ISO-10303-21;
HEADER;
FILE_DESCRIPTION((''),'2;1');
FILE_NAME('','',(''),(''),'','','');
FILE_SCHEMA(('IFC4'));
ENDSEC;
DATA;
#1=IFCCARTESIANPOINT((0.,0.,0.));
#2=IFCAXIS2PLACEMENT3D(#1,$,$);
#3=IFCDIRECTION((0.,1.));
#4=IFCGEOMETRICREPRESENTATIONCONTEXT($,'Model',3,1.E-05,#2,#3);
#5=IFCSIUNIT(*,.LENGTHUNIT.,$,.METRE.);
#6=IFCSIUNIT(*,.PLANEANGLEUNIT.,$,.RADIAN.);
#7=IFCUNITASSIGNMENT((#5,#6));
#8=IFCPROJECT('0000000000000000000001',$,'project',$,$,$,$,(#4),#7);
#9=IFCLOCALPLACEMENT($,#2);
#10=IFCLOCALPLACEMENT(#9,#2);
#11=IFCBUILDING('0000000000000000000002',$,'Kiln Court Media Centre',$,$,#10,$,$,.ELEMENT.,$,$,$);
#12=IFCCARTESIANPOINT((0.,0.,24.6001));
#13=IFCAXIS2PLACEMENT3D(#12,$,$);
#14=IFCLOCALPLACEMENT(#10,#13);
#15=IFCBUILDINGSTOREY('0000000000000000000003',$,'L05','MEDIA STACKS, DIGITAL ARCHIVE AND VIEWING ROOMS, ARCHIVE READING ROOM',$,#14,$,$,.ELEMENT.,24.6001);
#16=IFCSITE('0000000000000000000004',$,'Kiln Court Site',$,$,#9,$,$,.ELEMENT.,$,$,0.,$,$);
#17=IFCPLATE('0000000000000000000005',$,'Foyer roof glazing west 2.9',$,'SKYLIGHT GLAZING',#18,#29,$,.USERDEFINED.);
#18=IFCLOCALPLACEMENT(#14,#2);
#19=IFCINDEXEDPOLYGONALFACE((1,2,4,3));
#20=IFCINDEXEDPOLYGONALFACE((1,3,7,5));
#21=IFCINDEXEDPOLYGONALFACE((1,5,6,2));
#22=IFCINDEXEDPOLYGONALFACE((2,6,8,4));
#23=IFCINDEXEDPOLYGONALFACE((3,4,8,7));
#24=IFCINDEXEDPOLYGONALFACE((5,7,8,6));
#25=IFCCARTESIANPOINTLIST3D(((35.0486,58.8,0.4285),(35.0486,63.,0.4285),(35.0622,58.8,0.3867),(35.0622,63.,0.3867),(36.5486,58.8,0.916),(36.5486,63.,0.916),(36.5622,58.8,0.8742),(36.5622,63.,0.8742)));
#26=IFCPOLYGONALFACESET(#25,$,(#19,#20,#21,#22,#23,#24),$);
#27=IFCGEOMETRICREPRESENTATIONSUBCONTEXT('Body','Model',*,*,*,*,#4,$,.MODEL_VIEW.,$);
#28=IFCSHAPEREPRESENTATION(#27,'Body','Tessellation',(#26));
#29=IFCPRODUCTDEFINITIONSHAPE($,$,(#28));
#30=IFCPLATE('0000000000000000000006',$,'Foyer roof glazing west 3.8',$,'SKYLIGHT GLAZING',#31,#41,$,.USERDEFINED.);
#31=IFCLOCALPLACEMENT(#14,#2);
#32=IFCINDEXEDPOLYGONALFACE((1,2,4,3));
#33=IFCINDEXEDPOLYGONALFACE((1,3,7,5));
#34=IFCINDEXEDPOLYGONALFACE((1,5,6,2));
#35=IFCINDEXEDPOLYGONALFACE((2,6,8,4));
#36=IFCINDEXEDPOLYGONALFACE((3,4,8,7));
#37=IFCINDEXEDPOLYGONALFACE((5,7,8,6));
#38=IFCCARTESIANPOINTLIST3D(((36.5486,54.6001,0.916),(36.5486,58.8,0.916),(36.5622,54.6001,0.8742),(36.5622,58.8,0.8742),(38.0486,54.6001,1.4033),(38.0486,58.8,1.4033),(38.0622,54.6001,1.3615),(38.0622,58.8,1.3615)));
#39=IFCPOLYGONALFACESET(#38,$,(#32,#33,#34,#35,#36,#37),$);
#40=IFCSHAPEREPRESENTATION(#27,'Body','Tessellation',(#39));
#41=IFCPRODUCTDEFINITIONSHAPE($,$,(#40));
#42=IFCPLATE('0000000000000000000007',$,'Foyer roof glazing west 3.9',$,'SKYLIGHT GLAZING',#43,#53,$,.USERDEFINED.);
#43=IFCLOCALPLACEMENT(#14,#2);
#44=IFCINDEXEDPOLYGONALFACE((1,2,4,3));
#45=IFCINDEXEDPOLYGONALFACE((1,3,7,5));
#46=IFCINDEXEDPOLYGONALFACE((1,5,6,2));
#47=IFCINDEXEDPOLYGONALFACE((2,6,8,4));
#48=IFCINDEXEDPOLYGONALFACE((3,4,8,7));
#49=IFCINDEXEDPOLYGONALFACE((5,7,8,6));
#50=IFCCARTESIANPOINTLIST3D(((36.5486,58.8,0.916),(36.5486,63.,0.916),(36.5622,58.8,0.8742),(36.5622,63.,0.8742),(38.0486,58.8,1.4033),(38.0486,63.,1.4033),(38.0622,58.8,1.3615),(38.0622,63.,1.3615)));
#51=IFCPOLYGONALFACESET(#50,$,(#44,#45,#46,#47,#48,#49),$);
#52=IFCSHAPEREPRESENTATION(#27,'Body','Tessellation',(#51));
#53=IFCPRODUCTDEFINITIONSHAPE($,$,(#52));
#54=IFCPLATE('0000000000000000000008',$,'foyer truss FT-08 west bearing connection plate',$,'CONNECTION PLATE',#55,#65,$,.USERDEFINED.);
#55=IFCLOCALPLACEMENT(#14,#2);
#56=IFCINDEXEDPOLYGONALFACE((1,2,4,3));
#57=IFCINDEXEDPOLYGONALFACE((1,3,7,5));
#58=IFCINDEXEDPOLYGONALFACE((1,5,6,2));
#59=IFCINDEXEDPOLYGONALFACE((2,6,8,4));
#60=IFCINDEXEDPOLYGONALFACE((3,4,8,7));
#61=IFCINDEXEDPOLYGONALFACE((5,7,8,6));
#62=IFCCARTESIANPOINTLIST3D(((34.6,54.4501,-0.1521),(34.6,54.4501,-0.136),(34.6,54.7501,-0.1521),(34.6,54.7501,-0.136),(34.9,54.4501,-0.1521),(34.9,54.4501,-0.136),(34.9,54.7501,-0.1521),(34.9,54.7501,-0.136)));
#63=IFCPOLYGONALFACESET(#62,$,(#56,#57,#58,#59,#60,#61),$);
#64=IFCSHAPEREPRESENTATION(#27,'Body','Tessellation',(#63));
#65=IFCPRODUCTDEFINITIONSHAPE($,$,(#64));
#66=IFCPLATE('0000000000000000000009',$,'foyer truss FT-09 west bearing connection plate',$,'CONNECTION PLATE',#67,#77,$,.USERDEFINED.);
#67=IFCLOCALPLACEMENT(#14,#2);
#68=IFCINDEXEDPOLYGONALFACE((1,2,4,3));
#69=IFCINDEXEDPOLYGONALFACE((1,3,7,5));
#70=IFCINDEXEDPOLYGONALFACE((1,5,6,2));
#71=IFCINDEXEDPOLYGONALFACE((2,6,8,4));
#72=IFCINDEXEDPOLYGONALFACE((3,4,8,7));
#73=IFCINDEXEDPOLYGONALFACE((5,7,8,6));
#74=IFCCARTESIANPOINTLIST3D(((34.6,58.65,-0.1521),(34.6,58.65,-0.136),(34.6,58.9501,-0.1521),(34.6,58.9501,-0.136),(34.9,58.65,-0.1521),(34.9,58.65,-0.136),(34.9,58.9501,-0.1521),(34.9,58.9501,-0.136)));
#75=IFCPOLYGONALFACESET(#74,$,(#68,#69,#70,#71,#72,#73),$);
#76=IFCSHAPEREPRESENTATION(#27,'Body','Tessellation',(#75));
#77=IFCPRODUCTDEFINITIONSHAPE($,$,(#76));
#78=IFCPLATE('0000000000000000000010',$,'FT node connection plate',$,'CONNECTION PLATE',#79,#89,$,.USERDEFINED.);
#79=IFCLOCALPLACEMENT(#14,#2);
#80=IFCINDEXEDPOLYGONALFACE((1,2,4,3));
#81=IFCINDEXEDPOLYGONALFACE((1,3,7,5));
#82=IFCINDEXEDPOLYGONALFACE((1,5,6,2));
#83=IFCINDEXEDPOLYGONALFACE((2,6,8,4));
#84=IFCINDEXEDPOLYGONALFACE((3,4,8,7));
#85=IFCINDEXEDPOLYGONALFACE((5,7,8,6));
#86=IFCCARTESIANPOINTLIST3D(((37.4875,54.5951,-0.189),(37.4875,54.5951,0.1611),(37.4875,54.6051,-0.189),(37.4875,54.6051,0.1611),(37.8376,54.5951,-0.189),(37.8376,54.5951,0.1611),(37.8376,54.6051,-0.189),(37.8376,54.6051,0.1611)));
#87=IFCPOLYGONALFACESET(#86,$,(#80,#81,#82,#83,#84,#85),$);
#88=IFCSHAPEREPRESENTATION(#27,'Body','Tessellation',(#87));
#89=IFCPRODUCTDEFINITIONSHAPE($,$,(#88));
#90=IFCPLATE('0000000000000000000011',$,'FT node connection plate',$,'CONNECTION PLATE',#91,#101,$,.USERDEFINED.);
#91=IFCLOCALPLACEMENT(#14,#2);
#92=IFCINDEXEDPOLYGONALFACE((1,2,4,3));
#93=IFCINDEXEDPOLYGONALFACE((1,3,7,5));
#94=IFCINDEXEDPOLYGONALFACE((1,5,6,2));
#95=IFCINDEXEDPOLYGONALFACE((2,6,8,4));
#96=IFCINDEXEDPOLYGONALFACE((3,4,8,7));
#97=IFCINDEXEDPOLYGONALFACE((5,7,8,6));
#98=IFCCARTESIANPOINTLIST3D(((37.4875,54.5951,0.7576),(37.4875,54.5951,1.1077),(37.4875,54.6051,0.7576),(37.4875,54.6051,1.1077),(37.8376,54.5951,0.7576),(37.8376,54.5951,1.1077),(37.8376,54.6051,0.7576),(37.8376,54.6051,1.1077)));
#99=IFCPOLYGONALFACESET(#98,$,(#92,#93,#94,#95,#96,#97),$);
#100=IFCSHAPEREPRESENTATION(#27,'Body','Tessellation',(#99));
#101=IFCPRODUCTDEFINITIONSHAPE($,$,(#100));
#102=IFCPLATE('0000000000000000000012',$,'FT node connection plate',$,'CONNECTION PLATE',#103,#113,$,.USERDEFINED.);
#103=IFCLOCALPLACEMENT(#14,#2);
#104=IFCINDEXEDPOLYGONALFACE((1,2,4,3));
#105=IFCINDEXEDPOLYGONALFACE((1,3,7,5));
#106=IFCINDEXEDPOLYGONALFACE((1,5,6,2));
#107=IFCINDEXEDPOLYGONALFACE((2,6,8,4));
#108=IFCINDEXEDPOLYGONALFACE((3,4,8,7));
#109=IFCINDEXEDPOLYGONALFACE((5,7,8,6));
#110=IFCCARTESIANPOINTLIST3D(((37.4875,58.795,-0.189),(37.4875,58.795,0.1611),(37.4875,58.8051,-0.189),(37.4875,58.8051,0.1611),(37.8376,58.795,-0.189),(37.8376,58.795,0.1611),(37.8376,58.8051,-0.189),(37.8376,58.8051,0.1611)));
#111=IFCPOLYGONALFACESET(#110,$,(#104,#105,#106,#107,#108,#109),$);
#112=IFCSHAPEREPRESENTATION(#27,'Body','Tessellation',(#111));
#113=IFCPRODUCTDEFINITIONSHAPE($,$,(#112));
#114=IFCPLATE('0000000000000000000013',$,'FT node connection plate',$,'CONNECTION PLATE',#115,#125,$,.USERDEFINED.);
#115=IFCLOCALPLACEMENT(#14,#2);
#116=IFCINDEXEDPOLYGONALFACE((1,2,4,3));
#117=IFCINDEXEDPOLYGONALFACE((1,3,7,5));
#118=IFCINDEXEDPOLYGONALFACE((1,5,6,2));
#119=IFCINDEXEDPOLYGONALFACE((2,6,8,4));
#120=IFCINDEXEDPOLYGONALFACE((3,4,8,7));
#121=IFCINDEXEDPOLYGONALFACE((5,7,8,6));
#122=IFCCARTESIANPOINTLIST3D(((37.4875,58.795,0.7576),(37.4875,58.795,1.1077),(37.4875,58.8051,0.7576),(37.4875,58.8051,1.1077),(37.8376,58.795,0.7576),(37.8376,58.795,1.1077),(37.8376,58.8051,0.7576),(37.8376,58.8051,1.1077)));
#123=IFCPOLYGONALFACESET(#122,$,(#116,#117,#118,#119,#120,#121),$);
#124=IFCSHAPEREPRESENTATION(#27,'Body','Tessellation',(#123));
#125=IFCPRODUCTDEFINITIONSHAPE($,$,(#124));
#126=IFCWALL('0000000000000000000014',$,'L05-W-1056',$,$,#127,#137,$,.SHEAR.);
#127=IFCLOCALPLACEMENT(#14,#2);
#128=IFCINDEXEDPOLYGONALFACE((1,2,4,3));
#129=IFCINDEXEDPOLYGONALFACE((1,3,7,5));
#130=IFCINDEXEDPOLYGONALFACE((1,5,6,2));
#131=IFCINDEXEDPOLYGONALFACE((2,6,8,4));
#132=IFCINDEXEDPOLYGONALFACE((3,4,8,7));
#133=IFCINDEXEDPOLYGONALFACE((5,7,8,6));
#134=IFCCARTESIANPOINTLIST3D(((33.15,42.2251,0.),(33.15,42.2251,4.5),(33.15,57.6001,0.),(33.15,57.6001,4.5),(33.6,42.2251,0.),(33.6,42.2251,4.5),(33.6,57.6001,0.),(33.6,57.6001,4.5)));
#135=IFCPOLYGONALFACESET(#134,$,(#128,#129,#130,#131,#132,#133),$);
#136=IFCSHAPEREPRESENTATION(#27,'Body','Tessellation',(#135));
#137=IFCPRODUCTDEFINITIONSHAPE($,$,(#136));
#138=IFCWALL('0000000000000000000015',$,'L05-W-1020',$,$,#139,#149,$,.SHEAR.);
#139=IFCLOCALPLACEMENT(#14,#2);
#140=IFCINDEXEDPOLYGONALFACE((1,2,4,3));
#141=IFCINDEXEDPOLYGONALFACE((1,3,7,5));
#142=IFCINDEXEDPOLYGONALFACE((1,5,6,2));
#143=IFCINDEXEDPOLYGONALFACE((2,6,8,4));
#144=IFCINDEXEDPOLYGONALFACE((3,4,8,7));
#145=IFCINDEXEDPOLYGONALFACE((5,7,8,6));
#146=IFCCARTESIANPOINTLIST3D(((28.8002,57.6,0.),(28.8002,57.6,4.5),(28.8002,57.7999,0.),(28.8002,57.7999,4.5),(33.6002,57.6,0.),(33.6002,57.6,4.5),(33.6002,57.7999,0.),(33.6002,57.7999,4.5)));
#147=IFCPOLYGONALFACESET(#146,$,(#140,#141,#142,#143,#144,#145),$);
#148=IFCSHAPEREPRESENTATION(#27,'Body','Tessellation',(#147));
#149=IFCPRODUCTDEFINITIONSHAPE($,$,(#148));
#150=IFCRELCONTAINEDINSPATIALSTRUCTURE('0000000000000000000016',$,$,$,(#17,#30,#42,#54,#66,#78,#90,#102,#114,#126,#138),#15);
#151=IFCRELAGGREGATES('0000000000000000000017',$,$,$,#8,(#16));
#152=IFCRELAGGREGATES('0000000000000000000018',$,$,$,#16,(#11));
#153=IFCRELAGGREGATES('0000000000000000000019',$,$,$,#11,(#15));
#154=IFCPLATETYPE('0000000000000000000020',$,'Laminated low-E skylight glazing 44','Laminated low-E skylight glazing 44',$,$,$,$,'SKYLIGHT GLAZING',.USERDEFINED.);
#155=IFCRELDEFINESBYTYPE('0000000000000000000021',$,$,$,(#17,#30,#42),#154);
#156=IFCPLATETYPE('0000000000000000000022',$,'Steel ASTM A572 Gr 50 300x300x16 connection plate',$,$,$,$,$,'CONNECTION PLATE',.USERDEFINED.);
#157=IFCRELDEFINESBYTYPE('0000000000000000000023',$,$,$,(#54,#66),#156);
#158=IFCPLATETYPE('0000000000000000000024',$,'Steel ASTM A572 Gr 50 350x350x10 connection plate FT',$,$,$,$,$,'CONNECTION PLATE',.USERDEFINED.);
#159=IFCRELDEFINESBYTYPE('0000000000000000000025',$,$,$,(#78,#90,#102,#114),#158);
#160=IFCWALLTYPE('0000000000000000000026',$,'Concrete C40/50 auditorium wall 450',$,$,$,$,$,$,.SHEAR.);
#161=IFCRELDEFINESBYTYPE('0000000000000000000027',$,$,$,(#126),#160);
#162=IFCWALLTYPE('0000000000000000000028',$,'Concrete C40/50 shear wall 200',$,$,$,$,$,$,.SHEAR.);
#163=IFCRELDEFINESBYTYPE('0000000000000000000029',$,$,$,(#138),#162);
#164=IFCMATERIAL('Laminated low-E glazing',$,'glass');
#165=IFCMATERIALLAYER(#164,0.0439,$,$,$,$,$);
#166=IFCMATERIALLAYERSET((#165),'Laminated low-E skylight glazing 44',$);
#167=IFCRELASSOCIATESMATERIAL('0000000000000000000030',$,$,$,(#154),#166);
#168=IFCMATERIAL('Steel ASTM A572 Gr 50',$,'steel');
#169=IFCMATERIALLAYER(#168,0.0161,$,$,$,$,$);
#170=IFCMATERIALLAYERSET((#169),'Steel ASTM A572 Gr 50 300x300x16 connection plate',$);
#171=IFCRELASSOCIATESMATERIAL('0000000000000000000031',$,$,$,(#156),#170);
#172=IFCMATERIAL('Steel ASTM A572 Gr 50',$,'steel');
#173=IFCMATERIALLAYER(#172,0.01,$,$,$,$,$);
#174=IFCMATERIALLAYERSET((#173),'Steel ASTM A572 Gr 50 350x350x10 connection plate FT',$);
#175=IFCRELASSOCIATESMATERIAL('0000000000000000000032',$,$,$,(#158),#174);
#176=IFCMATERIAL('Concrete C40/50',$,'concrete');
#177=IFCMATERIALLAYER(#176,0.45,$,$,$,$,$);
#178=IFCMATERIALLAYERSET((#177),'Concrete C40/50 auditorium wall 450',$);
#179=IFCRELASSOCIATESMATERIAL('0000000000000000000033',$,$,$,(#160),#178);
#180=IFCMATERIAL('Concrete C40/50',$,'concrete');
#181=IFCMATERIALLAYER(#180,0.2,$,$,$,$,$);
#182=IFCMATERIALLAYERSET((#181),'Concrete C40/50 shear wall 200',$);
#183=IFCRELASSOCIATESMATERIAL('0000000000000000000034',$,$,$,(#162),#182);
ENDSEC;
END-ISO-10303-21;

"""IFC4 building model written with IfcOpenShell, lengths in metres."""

from ifc_helpers import new_model, si_unit, direction, frame, frame_2d, origin, origin_2d, place, context, subcontext, project, spatial, polyline, rectangle, outline, extrude, material, layer, layer_set, type_object, element, save


model = new_model("IFC4")

# Units and contexts
model_context = context("Model", 3, precision=1e-05, world=origin(), true_north=direction((0.0, 1.0)))
body_context = subcontext(model_context, "Body", "Model", "MODEL_VIEW")
ifc_project = project(units=[si_unit("LENGTHUNIT", "METRE"), si_unit("PLANEANGLEUNIT", "RADIAN")], contexts=[model_context])

# Site, building, storey
site_placement = place(None, origin())
site = spatial("IfcSite", under=ifc_project, at=site_placement, Name="Kiln Court Site", CompositionType="ELEMENT", RefElevation=0.0)
building_placement = place(site_placement, origin())
building = spatial("IfcBuilding", under=site, at=building_placement, Name="Kiln Court Media Centre", CompositionType="ELEMENT")
storey_placement = place(building_placement, frame((0.0, 0.0, 24.6001)))
storey = spatial("IfcBuildingStorey", under=building, at=storey_placement, Name="L05", Description="MEDIA STACKS, DIGITAL ARCHIVE AND VIEWING ROOMS, ARCHIVE READING ROOM", CompositionType="ELEMENT", Elevation=24.6001)

# Plates
ifc_material_1 = material(Name="Laminated low-E glazing", Category="glass")
ifc_layer_1 = layer(ifc_material_1, 0.0439)
ifc_layer_set_1 = layer_set([ifc_layer_1], Name="Laminated low-E skylight glazing 44")
plate_type_1 = type_object("IfcPlateType", Name="Laminated low-E skylight glazing 44", Description="Laminated low-E skylight glazing 44", ElementType="SKYLIGHT GLAZING", PredefinedType="USERDEFINED", material=ifc_layer_set_1)
for number, where, z_axis, x_axis, name in (
    (1, (35.0486, 58.8, 0.4285), (-0.309114, 0.0, 0.951025), (0.951025, 0.0, 0.309114), "Foyer roof glazing west 2.9"),
):
    element("IfcPlate", number, at=place(storey_placement, frame(where, z_axis=z_axis, x_axis=x_axis)), inside=storey, type_object=plate_type_1, Name=name, ObjectType="SKYLIGHT GLAZING", PredefinedType="USERDEFINED", context=body_context, shape_type="SweptSolid", body=[
        extrude(outline(polyline([(0.0, 0.0), (1.5772, 0.0), (1.5772, 4.2), (0.0, 4.2), (0.0, 0.0)])), origin(), (0.0, 0.0, -1.0), 0.0439),
    ])
for number, where, z_axis, x_axis, name in (
    (2, (36.5486, 54.6001, 0.916), (-0.308974, 0.0, 0.95107), (0.95107, 0.0, 0.308974), "Foyer roof glazing west 3.8"),
    (3, (36.5486, 58.8, 0.916), (-0.308974, 0.0, 0.95107), (0.95107, 0.0, 0.308974), "Foyer roof glazing west 3.9"),
):
    element("IfcPlate", number, at=place(storey_placement, frame(where, z_axis=z_axis, x_axis=x_axis)), inside=storey, type_object=plate_type_1, Name=name, ObjectType="SKYLIGHT GLAZING", PredefinedType="USERDEFINED", context=body_context, shape_type="SweptSolid", body=[
        extrude(outline(polyline([(0.0, 0.0), (1.5772, 0.0), (1.5772, 4.2), (0.0, 4.2), (0.0, 0.0)])), origin(), (0.0, 0.0, -1.0), 0.0439),
    ])
ifc_material_2 = material(Name="Steel ASTM A572 Gr 50", Category="steel")
ifc_layer_2 = layer(ifc_material_2, 0.0161)
ifc_layer_set_2 = layer_set([ifc_layer_2], Name="Steel ASTM A572 Gr 50 300x300x16 connection plate")
plate_type_2 = type_object("IfcPlateType", Name="Steel ASTM A572 Gr 50 300x300x16 connection plate", ElementType="CONNECTION PLATE", PredefinedType="USERDEFINED", material=ifc_layer_set_2)
for number, where, z_axis, x_axis, name in (
    (4, (34.75, 54.6001, -0.1521), (0.0, 0.0, 1.0), (1.0, 0.0, 0.0), "foyer truss FT-08 west bearing connection plate"),
    (5, (34.75, 58.8, -0.1521), (0.0, 0.0, 1.0), (1.0, 0.0, 0.0), "foyer truss FT-09 west bearing connection plate"),
):
    element("IfcPlate", number, at=place(storey_placement, frame(where, z_axis=z_axis, x_axis=x_axis)), inside=storey, type_object=plate_type_2, Name=name, ObjectType="CONNECTION PLATE", PredefinedType="USERDEFINED", context=body_context, shape_type="SweptSolid", body=[
        extrude(rectangle(XDim=0.3, YDim=0.3, at=origin_2d()), origin(), (0.0, 0.0, 1.0), 0.0161),
    ])
ifc_material_3 = material(Name="Steel ASTM A572 Gr 50", Category="steel")
ifc_layer_3 = layer(ifc_material_3, 0.01)
ifc_layer_set_3 = layer_set([ifc_layer_3], Name="Steel ASTM A572 Gr 50 350x350x10 connection plate FT")
plate_type_3 = type_object("IfcPlateType", Name="Steel ASTM A572 Gr 50 350x350x10 connection plate FT", ElementType="CONNECTION PLATE", PredefinedType="USERDEFINED", material=ifc_layer_set_3)
for number, where, z_axis, x_axis, name in (
    (6, (37.6626, 54.6001, -0.189), (0.0, 0.0, 1.0), (1.0, 0.0, 0.0), "FT node connection plate"),
    (7, (37.6626, 54.6001, 0.7576), (0.0, 0.0, 1.0), (1.0, 0.0, 0.0), "FT node connection plate"),
    (8, (37.6626, 58.8, -0.189), (0.0, 0.0, 1.0), (1.0, 0.0, 0.0), "FT node connection plate"),
    (9, (37.6626, 58.8, 0.7576), (0.0, 0.0, 1.0), (1.0, 0.0, 0.0), "FT node connection plate"),
):
    element("IfcPlate", number, at=place(storey_placement, frame(where, z_axis=z_axis, x_axis=x_axis)), inside=storey, type_object=plate_type_3, Name=name, ObjectType="CONNECTION PLATE", PredefinedType="USERDEFINED", context=body_context, shape_type="SweptSolid", body=[
        extrude(rectangle(XDim=0.3501, YDim=0.01, at=origin_2d()), origin(), (0.0, 0.0, 1.0), 0.3501),
    ])

# Walls
ifc_material_4 = material(Name="Concrete C40/50", Category="concrete")
ifc_layer_4 = layer(ifc_material_4, 0.45)
ifc_layer_set_4 = layer_set([ifc_layer_4], Name="Concrete C40/50 auditorium wall 450")
wall_type_1 = type_object("IfcWallType", Name="Concrete C40/50 auditorium wall 450", PredefinedType="SHEAR", material=ifc_layer_set_4)
wall_1_placement = place(storey_placement, frame((33.375, 57.6001, 0.0), z_axis=(0.0, 0.0, 1.0), x_axis=(0.0, -1.0, 0.0)))
element("IfcWall", 10, at=wall_1_placement, inside=storey, type_object=wall_type_1, Name="L05-W-1056", PredefinedType="SHEAR", context=body_context, shape_type="SweptSolid", body=[
    extrude(rectangle(XDim=15.375, YDim=0.45, at=frame_2d((7.6875, 0.0))), origin(), (0.0, 0.0, 1.0), 4.5),
])
ifc_material_5 = material(Name="Concrete C40/50", Category="concrete")
ifc_layer_5 = layer(ifc_material_5, 0.2)
ifc_layer_set_5 = layer_set([ifc_layer_5], Name="Concrete C40/50 shear wall 200")
wall_type_2 = type_object("IfcWallType", Name="Concrete C40/50 shear wall 200", PredefinedType="SHEAR", material=ifc_layer_set_5)
wall_2_placement = place(storey_placement, frame((33.6001, 57.7, 0.0), z_axis=(0.0, 0.0, 1.0), x_axis=(-1.0, 0.0, 0.0)))
element("IfcWall", 11, at=wall_2_placement, inside=storey, type_object=wall_type_2, Name="L05-W-1020", PredefinedType="SHEAR", context=body_context, shape_type="SweptSolid", body=[
    extrude(rectangle(XDim=4.8, YDim=0.2, at=frame_2d((2.3999, 0.0))), origin(), (0.0, 0.0, 1.0), 4.5),
])

save(model, "model.ifc")
